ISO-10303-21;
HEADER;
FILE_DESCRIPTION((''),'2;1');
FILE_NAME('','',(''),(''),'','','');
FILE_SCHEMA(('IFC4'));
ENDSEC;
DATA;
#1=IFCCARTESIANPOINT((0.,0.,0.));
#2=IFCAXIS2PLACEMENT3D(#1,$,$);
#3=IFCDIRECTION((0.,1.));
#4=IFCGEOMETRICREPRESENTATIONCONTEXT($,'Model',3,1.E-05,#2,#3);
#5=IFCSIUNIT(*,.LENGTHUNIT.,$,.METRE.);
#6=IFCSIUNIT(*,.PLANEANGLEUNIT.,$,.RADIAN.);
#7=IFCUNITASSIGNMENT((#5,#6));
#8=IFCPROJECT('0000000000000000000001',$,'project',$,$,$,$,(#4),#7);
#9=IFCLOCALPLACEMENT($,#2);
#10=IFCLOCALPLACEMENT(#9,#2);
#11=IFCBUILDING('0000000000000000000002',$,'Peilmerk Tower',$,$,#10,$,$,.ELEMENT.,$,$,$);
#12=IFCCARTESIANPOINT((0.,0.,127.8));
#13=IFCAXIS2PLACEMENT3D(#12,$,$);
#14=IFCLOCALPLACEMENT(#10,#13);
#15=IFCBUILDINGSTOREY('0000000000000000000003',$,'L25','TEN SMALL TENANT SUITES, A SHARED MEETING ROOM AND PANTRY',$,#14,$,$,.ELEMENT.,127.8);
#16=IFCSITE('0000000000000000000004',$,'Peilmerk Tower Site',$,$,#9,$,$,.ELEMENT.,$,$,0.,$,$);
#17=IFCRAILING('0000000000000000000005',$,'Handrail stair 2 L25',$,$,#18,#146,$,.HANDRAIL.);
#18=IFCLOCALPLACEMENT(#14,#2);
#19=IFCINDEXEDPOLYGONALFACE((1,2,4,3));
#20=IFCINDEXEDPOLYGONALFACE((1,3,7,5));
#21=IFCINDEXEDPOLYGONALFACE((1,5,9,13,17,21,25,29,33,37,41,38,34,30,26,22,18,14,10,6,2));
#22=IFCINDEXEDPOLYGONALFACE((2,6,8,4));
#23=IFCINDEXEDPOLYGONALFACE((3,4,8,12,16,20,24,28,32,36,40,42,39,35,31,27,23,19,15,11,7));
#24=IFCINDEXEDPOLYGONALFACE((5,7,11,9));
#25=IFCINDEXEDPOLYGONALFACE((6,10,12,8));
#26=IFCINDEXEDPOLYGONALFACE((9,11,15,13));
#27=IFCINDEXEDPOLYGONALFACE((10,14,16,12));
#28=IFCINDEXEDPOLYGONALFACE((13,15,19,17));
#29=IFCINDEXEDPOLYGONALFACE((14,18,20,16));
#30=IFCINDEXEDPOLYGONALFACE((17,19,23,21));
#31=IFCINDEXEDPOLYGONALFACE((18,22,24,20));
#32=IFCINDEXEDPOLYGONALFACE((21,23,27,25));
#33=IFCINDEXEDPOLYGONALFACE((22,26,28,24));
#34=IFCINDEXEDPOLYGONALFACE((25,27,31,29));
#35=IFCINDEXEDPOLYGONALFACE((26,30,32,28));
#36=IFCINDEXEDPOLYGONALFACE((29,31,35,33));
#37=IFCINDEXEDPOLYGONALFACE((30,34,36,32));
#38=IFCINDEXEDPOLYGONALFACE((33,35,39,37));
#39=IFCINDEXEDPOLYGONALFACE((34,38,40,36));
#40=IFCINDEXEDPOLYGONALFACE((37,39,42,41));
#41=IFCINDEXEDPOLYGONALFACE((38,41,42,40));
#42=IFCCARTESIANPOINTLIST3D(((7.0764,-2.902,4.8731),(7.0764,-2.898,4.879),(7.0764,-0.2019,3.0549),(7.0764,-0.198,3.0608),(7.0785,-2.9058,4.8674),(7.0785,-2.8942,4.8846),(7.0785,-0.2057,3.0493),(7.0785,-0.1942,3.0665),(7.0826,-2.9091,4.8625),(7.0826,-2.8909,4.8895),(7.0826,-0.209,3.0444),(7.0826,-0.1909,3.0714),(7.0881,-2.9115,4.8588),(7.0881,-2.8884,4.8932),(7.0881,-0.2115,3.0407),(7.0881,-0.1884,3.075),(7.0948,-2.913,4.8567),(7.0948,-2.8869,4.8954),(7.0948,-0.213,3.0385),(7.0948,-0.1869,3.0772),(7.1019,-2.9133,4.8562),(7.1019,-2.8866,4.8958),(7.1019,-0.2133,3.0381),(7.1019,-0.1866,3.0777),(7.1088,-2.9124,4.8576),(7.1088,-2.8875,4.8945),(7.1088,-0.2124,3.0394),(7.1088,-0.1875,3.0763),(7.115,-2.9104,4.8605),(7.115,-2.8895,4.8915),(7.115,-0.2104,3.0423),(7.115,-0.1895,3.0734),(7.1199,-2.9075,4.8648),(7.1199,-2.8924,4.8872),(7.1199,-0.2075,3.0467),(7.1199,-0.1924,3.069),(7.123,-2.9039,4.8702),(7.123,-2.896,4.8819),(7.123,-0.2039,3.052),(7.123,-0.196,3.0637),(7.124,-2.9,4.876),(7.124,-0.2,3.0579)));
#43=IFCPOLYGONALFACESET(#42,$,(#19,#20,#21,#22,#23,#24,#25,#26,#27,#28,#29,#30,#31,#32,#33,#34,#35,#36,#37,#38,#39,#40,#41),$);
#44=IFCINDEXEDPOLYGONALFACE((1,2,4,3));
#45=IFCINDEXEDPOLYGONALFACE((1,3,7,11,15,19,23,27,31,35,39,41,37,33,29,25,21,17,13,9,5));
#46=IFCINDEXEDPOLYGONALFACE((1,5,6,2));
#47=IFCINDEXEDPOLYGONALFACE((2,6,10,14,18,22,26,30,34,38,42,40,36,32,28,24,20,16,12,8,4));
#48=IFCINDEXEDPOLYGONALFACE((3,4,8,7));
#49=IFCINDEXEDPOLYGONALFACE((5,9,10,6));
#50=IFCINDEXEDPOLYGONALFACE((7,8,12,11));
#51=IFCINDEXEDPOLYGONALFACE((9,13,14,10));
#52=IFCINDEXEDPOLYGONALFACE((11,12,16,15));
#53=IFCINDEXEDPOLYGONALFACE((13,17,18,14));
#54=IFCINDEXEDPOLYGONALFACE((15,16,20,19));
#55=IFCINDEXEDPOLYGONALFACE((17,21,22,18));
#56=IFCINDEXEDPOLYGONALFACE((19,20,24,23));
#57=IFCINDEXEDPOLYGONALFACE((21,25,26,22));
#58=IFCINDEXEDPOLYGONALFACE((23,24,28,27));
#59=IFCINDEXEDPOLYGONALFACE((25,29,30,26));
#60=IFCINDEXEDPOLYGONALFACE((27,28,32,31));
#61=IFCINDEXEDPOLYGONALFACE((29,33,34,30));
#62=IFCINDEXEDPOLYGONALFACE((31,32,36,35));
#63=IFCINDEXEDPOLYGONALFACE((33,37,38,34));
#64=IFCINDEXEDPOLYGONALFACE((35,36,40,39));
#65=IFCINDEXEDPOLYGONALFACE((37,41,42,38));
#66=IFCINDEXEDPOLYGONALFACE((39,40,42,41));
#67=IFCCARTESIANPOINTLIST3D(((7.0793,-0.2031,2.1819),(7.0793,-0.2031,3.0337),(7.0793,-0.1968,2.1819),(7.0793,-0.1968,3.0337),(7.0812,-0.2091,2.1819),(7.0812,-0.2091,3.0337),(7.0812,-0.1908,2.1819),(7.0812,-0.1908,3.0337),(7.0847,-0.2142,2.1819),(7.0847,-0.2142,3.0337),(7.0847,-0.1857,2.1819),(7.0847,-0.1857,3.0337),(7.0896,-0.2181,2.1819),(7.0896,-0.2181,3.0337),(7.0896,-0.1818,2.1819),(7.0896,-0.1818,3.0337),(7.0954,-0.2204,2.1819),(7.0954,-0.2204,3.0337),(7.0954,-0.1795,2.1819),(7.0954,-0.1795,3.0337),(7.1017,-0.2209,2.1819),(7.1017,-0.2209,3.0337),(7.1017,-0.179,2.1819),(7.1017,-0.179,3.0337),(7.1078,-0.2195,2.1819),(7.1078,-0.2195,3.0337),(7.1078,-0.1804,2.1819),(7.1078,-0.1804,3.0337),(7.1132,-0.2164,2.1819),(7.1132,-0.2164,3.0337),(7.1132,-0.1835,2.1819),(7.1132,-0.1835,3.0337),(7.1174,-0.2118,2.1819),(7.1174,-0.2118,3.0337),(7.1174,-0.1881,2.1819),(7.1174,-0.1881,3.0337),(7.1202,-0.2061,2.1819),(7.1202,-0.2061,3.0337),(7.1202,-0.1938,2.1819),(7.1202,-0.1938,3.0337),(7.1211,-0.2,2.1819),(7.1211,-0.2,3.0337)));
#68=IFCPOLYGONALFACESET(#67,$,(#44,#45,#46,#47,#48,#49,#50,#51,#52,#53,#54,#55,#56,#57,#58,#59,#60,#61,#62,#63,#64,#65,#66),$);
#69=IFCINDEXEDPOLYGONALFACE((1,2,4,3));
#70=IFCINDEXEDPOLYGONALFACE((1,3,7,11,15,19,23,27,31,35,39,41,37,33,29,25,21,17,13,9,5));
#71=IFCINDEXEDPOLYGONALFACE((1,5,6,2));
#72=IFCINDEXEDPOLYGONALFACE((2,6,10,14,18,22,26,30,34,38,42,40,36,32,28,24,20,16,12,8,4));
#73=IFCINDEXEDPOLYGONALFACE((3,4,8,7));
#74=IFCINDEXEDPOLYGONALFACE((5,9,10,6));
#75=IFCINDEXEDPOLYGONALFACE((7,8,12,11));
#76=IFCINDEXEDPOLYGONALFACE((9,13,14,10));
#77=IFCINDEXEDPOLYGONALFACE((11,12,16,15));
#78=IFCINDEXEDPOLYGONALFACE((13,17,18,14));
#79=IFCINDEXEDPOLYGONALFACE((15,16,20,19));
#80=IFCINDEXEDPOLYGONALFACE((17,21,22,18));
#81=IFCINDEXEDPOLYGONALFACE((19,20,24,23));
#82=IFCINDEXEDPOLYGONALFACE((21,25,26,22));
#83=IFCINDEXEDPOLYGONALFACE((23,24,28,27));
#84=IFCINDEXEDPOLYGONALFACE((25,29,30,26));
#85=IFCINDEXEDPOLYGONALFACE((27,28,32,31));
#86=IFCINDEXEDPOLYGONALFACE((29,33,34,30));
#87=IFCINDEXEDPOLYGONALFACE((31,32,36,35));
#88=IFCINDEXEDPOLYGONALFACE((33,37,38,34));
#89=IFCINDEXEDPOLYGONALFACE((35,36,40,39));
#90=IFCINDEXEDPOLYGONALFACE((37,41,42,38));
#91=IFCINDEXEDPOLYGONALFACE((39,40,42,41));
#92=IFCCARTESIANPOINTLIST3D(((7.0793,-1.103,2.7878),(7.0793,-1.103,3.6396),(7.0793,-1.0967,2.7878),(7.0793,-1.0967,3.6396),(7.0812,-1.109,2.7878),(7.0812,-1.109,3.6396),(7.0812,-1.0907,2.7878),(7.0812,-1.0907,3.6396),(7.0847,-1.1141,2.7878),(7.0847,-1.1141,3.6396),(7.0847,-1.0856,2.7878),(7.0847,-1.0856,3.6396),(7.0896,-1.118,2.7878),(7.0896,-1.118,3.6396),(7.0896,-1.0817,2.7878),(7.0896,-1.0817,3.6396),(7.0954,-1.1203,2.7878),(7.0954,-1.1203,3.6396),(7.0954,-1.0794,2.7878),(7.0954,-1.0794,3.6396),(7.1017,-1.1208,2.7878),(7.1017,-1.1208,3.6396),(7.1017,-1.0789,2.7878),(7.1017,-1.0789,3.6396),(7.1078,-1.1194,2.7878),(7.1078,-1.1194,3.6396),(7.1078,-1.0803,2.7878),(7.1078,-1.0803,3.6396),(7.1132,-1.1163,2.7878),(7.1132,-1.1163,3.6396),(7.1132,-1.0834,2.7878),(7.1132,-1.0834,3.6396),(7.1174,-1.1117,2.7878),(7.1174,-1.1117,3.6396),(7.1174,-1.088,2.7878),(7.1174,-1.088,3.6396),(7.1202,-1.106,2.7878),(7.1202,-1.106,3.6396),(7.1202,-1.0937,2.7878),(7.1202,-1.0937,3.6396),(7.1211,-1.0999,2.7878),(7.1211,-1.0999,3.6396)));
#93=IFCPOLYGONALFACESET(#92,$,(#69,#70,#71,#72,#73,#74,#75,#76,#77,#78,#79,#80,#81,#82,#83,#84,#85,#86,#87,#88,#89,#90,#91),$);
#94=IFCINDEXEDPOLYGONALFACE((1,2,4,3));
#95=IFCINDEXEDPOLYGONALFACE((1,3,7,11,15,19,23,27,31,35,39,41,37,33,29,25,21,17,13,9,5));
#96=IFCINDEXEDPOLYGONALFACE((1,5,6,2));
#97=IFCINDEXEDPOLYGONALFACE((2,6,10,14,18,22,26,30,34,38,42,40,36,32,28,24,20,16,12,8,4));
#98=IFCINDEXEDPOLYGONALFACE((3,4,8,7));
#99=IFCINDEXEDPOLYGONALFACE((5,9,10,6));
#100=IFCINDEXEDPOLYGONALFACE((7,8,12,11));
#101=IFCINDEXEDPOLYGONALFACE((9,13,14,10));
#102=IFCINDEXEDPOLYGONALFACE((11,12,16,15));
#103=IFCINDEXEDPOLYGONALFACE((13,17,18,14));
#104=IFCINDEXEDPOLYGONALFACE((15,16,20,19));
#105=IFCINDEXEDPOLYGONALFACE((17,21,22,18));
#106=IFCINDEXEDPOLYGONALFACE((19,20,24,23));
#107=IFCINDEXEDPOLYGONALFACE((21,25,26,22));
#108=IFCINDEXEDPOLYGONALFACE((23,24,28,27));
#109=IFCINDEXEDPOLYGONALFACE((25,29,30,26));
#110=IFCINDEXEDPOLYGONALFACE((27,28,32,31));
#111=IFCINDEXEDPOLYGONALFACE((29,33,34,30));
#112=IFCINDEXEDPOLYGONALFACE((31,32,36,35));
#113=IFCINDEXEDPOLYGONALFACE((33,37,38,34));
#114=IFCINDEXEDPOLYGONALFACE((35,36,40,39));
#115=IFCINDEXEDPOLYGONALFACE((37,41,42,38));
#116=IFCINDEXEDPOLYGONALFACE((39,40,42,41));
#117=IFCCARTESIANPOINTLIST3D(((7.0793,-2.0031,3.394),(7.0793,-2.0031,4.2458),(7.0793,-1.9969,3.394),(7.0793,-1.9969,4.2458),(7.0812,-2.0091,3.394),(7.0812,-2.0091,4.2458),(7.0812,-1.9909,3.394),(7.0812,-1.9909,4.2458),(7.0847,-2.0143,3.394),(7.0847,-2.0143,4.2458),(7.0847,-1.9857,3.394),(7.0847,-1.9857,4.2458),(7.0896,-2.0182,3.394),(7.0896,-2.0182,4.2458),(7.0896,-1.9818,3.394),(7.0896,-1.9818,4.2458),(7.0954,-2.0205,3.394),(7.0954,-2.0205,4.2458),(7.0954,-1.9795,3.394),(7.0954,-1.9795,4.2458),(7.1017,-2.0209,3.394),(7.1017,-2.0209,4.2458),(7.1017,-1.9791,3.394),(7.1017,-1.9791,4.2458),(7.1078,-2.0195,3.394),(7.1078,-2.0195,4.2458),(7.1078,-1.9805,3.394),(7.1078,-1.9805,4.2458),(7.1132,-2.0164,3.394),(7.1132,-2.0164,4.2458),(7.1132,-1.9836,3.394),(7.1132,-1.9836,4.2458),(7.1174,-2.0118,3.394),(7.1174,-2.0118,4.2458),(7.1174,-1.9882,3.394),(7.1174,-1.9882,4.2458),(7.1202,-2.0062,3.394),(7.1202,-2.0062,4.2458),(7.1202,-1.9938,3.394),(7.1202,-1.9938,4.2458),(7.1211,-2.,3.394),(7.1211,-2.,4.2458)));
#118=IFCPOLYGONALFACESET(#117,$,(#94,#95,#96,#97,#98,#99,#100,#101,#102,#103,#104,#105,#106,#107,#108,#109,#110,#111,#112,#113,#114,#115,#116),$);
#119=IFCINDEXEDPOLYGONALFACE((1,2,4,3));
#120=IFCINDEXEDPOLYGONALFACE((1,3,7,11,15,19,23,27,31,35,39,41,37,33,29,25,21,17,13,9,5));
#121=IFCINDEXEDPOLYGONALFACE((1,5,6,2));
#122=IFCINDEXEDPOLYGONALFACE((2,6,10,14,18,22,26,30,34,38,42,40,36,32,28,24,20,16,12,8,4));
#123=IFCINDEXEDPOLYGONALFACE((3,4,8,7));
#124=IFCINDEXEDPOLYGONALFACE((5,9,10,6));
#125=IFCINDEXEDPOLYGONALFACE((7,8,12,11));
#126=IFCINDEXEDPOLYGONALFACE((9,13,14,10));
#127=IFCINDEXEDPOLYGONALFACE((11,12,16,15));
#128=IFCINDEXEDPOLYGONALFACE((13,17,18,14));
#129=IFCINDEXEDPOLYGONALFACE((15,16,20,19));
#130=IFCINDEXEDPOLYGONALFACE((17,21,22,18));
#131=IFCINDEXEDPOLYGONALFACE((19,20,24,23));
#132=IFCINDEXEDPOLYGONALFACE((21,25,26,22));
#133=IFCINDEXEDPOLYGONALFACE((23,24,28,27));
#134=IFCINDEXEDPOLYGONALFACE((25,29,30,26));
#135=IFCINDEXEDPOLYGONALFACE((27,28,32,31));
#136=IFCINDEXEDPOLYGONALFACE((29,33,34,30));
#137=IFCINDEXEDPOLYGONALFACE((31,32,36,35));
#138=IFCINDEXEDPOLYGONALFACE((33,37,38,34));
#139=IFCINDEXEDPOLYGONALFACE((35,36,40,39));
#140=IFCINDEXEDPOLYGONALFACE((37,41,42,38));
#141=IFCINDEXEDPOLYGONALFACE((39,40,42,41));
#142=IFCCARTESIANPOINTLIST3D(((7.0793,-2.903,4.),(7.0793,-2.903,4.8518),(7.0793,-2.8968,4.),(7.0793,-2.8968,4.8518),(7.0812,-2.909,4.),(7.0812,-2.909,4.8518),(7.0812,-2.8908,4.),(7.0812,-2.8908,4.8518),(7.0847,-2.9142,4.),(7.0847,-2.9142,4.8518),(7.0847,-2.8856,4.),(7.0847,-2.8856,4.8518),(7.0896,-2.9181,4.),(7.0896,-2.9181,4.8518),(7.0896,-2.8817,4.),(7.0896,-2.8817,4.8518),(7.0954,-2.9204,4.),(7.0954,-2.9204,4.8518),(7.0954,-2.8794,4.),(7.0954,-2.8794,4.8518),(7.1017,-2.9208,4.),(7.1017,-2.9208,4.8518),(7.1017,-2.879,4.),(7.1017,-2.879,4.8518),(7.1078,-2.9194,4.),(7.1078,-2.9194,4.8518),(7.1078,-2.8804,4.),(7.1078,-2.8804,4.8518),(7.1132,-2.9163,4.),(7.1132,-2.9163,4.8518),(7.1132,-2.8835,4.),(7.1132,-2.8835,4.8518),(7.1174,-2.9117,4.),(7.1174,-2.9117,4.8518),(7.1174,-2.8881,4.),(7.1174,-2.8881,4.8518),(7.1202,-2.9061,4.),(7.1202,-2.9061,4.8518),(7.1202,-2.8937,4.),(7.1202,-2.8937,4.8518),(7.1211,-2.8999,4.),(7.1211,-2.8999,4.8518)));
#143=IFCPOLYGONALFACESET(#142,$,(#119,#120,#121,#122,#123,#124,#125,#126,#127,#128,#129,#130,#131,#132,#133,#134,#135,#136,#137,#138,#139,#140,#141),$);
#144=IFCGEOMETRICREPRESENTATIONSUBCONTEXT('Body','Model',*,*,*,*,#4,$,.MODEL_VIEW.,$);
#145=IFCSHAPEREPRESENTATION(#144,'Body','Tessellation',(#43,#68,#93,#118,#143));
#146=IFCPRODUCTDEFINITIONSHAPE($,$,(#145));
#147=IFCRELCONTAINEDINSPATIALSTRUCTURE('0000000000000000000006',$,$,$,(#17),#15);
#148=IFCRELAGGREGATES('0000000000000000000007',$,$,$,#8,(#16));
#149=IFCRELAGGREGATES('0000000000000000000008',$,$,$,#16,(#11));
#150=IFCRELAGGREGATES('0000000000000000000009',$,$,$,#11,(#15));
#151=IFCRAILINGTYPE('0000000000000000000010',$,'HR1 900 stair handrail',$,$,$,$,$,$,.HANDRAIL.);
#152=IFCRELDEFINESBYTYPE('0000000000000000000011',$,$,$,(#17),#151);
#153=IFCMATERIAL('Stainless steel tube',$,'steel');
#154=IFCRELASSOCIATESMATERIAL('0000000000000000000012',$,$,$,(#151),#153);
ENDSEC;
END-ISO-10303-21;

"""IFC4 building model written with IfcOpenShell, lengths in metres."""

from ifc_helpers import new_model, si_unit, direction, frame, origin, origin_2d, place, context, subcontext, project, spatial, circle, extrude, material, type_object, element, save


model = new_model("IFC4")

# Units and contexts
model_context = context("Model", 3, precision=1e-05, world=origin(), true_north=direction((0.0, 1.0)))
body_context = subcontext(model_context, "Body", "Model", "MODEL_VIEW")
ifc_project = project(units=[si_unit("LENGTHUNIT", "METRE"), si_unit("PLANEANGLEUNIT", "RADIAN")], contexts=[model_context])

# Site, building, storey
site_placement = place(None, origin())
site = spatial("IfcSite", under=ifc_project, at=site_placement, Name="Peilmerk Tower Site", CompositionType="ELEMENT", RefElevation=0.0)
building_placement = place(site_placement, origin())
building = spatial("IfcBuilding", under=site, at=building_placement, Name="Peilmerk Tower", CompositionType="ELEMENT")
storey_placement = place(building_placement, frame((0.0, 0.0, 127.8)))
storey = spatial("IfcBuildingStorey", under=building, at=storey_placement, Name="L25", Description="TEN SMALL TENANT SUITES, A SHARED MEETING ROOM AND PANTRY", CompositionType="ELEMENT", Elevation=127.8)

# Railing
ifc_material_1 = material(Name="Stainless steel tube", Category="steel")
railing_type_1 = type_object("IfcRailingType", Name="HR1 900 stair handrail", PredefinedType="HANDRAIL", material=ifc_material_1)
railing_1_placement = place(storey_placement, frame((7.1001, -0.2, 2.1819)))
element("IfcRailing", 1, at=railing_1_placement, inside=storey, type_object=railing_type_1, Name="Handrail stair 2 L25", PredefinedType="HANDRAIL", context=body_context, shape_type="SweptSolid", body=[
    extrude(circle(Radius=0.0239, at=origin_2d()), frame((0.0, 0.0, 0.876), z_axis=(0.0, -0.829468, 0.558554), x_axis=(1.0, 0.0, 0.0)), (0.0, 0.0, 1.0), 3.2551),
    extrude(circle(Radius=0.021, at=origin_2d()), origin(), (0.0, 0.0, 1.0), 0.8518),
    extrude(circle(Radius=0.021, at=origin_2d()), frame((0.0, -0.8999, 0.606)), (0.0, 0.0, 1.0), 0.8518),
    extrude(circle(Radius=0.021, at=origin_2d()), frame((0.0, -1.8, 1.2122)), (0.0, 0.0, 1.0), 0.8518),
    extrude(circle(Radius=0.021, at=origin_2d()), frame((0.0, -2.7, 1.8181)), (0.0, 0.0, 1.0), 0.8518),
])

save(model, "model.ifc")
